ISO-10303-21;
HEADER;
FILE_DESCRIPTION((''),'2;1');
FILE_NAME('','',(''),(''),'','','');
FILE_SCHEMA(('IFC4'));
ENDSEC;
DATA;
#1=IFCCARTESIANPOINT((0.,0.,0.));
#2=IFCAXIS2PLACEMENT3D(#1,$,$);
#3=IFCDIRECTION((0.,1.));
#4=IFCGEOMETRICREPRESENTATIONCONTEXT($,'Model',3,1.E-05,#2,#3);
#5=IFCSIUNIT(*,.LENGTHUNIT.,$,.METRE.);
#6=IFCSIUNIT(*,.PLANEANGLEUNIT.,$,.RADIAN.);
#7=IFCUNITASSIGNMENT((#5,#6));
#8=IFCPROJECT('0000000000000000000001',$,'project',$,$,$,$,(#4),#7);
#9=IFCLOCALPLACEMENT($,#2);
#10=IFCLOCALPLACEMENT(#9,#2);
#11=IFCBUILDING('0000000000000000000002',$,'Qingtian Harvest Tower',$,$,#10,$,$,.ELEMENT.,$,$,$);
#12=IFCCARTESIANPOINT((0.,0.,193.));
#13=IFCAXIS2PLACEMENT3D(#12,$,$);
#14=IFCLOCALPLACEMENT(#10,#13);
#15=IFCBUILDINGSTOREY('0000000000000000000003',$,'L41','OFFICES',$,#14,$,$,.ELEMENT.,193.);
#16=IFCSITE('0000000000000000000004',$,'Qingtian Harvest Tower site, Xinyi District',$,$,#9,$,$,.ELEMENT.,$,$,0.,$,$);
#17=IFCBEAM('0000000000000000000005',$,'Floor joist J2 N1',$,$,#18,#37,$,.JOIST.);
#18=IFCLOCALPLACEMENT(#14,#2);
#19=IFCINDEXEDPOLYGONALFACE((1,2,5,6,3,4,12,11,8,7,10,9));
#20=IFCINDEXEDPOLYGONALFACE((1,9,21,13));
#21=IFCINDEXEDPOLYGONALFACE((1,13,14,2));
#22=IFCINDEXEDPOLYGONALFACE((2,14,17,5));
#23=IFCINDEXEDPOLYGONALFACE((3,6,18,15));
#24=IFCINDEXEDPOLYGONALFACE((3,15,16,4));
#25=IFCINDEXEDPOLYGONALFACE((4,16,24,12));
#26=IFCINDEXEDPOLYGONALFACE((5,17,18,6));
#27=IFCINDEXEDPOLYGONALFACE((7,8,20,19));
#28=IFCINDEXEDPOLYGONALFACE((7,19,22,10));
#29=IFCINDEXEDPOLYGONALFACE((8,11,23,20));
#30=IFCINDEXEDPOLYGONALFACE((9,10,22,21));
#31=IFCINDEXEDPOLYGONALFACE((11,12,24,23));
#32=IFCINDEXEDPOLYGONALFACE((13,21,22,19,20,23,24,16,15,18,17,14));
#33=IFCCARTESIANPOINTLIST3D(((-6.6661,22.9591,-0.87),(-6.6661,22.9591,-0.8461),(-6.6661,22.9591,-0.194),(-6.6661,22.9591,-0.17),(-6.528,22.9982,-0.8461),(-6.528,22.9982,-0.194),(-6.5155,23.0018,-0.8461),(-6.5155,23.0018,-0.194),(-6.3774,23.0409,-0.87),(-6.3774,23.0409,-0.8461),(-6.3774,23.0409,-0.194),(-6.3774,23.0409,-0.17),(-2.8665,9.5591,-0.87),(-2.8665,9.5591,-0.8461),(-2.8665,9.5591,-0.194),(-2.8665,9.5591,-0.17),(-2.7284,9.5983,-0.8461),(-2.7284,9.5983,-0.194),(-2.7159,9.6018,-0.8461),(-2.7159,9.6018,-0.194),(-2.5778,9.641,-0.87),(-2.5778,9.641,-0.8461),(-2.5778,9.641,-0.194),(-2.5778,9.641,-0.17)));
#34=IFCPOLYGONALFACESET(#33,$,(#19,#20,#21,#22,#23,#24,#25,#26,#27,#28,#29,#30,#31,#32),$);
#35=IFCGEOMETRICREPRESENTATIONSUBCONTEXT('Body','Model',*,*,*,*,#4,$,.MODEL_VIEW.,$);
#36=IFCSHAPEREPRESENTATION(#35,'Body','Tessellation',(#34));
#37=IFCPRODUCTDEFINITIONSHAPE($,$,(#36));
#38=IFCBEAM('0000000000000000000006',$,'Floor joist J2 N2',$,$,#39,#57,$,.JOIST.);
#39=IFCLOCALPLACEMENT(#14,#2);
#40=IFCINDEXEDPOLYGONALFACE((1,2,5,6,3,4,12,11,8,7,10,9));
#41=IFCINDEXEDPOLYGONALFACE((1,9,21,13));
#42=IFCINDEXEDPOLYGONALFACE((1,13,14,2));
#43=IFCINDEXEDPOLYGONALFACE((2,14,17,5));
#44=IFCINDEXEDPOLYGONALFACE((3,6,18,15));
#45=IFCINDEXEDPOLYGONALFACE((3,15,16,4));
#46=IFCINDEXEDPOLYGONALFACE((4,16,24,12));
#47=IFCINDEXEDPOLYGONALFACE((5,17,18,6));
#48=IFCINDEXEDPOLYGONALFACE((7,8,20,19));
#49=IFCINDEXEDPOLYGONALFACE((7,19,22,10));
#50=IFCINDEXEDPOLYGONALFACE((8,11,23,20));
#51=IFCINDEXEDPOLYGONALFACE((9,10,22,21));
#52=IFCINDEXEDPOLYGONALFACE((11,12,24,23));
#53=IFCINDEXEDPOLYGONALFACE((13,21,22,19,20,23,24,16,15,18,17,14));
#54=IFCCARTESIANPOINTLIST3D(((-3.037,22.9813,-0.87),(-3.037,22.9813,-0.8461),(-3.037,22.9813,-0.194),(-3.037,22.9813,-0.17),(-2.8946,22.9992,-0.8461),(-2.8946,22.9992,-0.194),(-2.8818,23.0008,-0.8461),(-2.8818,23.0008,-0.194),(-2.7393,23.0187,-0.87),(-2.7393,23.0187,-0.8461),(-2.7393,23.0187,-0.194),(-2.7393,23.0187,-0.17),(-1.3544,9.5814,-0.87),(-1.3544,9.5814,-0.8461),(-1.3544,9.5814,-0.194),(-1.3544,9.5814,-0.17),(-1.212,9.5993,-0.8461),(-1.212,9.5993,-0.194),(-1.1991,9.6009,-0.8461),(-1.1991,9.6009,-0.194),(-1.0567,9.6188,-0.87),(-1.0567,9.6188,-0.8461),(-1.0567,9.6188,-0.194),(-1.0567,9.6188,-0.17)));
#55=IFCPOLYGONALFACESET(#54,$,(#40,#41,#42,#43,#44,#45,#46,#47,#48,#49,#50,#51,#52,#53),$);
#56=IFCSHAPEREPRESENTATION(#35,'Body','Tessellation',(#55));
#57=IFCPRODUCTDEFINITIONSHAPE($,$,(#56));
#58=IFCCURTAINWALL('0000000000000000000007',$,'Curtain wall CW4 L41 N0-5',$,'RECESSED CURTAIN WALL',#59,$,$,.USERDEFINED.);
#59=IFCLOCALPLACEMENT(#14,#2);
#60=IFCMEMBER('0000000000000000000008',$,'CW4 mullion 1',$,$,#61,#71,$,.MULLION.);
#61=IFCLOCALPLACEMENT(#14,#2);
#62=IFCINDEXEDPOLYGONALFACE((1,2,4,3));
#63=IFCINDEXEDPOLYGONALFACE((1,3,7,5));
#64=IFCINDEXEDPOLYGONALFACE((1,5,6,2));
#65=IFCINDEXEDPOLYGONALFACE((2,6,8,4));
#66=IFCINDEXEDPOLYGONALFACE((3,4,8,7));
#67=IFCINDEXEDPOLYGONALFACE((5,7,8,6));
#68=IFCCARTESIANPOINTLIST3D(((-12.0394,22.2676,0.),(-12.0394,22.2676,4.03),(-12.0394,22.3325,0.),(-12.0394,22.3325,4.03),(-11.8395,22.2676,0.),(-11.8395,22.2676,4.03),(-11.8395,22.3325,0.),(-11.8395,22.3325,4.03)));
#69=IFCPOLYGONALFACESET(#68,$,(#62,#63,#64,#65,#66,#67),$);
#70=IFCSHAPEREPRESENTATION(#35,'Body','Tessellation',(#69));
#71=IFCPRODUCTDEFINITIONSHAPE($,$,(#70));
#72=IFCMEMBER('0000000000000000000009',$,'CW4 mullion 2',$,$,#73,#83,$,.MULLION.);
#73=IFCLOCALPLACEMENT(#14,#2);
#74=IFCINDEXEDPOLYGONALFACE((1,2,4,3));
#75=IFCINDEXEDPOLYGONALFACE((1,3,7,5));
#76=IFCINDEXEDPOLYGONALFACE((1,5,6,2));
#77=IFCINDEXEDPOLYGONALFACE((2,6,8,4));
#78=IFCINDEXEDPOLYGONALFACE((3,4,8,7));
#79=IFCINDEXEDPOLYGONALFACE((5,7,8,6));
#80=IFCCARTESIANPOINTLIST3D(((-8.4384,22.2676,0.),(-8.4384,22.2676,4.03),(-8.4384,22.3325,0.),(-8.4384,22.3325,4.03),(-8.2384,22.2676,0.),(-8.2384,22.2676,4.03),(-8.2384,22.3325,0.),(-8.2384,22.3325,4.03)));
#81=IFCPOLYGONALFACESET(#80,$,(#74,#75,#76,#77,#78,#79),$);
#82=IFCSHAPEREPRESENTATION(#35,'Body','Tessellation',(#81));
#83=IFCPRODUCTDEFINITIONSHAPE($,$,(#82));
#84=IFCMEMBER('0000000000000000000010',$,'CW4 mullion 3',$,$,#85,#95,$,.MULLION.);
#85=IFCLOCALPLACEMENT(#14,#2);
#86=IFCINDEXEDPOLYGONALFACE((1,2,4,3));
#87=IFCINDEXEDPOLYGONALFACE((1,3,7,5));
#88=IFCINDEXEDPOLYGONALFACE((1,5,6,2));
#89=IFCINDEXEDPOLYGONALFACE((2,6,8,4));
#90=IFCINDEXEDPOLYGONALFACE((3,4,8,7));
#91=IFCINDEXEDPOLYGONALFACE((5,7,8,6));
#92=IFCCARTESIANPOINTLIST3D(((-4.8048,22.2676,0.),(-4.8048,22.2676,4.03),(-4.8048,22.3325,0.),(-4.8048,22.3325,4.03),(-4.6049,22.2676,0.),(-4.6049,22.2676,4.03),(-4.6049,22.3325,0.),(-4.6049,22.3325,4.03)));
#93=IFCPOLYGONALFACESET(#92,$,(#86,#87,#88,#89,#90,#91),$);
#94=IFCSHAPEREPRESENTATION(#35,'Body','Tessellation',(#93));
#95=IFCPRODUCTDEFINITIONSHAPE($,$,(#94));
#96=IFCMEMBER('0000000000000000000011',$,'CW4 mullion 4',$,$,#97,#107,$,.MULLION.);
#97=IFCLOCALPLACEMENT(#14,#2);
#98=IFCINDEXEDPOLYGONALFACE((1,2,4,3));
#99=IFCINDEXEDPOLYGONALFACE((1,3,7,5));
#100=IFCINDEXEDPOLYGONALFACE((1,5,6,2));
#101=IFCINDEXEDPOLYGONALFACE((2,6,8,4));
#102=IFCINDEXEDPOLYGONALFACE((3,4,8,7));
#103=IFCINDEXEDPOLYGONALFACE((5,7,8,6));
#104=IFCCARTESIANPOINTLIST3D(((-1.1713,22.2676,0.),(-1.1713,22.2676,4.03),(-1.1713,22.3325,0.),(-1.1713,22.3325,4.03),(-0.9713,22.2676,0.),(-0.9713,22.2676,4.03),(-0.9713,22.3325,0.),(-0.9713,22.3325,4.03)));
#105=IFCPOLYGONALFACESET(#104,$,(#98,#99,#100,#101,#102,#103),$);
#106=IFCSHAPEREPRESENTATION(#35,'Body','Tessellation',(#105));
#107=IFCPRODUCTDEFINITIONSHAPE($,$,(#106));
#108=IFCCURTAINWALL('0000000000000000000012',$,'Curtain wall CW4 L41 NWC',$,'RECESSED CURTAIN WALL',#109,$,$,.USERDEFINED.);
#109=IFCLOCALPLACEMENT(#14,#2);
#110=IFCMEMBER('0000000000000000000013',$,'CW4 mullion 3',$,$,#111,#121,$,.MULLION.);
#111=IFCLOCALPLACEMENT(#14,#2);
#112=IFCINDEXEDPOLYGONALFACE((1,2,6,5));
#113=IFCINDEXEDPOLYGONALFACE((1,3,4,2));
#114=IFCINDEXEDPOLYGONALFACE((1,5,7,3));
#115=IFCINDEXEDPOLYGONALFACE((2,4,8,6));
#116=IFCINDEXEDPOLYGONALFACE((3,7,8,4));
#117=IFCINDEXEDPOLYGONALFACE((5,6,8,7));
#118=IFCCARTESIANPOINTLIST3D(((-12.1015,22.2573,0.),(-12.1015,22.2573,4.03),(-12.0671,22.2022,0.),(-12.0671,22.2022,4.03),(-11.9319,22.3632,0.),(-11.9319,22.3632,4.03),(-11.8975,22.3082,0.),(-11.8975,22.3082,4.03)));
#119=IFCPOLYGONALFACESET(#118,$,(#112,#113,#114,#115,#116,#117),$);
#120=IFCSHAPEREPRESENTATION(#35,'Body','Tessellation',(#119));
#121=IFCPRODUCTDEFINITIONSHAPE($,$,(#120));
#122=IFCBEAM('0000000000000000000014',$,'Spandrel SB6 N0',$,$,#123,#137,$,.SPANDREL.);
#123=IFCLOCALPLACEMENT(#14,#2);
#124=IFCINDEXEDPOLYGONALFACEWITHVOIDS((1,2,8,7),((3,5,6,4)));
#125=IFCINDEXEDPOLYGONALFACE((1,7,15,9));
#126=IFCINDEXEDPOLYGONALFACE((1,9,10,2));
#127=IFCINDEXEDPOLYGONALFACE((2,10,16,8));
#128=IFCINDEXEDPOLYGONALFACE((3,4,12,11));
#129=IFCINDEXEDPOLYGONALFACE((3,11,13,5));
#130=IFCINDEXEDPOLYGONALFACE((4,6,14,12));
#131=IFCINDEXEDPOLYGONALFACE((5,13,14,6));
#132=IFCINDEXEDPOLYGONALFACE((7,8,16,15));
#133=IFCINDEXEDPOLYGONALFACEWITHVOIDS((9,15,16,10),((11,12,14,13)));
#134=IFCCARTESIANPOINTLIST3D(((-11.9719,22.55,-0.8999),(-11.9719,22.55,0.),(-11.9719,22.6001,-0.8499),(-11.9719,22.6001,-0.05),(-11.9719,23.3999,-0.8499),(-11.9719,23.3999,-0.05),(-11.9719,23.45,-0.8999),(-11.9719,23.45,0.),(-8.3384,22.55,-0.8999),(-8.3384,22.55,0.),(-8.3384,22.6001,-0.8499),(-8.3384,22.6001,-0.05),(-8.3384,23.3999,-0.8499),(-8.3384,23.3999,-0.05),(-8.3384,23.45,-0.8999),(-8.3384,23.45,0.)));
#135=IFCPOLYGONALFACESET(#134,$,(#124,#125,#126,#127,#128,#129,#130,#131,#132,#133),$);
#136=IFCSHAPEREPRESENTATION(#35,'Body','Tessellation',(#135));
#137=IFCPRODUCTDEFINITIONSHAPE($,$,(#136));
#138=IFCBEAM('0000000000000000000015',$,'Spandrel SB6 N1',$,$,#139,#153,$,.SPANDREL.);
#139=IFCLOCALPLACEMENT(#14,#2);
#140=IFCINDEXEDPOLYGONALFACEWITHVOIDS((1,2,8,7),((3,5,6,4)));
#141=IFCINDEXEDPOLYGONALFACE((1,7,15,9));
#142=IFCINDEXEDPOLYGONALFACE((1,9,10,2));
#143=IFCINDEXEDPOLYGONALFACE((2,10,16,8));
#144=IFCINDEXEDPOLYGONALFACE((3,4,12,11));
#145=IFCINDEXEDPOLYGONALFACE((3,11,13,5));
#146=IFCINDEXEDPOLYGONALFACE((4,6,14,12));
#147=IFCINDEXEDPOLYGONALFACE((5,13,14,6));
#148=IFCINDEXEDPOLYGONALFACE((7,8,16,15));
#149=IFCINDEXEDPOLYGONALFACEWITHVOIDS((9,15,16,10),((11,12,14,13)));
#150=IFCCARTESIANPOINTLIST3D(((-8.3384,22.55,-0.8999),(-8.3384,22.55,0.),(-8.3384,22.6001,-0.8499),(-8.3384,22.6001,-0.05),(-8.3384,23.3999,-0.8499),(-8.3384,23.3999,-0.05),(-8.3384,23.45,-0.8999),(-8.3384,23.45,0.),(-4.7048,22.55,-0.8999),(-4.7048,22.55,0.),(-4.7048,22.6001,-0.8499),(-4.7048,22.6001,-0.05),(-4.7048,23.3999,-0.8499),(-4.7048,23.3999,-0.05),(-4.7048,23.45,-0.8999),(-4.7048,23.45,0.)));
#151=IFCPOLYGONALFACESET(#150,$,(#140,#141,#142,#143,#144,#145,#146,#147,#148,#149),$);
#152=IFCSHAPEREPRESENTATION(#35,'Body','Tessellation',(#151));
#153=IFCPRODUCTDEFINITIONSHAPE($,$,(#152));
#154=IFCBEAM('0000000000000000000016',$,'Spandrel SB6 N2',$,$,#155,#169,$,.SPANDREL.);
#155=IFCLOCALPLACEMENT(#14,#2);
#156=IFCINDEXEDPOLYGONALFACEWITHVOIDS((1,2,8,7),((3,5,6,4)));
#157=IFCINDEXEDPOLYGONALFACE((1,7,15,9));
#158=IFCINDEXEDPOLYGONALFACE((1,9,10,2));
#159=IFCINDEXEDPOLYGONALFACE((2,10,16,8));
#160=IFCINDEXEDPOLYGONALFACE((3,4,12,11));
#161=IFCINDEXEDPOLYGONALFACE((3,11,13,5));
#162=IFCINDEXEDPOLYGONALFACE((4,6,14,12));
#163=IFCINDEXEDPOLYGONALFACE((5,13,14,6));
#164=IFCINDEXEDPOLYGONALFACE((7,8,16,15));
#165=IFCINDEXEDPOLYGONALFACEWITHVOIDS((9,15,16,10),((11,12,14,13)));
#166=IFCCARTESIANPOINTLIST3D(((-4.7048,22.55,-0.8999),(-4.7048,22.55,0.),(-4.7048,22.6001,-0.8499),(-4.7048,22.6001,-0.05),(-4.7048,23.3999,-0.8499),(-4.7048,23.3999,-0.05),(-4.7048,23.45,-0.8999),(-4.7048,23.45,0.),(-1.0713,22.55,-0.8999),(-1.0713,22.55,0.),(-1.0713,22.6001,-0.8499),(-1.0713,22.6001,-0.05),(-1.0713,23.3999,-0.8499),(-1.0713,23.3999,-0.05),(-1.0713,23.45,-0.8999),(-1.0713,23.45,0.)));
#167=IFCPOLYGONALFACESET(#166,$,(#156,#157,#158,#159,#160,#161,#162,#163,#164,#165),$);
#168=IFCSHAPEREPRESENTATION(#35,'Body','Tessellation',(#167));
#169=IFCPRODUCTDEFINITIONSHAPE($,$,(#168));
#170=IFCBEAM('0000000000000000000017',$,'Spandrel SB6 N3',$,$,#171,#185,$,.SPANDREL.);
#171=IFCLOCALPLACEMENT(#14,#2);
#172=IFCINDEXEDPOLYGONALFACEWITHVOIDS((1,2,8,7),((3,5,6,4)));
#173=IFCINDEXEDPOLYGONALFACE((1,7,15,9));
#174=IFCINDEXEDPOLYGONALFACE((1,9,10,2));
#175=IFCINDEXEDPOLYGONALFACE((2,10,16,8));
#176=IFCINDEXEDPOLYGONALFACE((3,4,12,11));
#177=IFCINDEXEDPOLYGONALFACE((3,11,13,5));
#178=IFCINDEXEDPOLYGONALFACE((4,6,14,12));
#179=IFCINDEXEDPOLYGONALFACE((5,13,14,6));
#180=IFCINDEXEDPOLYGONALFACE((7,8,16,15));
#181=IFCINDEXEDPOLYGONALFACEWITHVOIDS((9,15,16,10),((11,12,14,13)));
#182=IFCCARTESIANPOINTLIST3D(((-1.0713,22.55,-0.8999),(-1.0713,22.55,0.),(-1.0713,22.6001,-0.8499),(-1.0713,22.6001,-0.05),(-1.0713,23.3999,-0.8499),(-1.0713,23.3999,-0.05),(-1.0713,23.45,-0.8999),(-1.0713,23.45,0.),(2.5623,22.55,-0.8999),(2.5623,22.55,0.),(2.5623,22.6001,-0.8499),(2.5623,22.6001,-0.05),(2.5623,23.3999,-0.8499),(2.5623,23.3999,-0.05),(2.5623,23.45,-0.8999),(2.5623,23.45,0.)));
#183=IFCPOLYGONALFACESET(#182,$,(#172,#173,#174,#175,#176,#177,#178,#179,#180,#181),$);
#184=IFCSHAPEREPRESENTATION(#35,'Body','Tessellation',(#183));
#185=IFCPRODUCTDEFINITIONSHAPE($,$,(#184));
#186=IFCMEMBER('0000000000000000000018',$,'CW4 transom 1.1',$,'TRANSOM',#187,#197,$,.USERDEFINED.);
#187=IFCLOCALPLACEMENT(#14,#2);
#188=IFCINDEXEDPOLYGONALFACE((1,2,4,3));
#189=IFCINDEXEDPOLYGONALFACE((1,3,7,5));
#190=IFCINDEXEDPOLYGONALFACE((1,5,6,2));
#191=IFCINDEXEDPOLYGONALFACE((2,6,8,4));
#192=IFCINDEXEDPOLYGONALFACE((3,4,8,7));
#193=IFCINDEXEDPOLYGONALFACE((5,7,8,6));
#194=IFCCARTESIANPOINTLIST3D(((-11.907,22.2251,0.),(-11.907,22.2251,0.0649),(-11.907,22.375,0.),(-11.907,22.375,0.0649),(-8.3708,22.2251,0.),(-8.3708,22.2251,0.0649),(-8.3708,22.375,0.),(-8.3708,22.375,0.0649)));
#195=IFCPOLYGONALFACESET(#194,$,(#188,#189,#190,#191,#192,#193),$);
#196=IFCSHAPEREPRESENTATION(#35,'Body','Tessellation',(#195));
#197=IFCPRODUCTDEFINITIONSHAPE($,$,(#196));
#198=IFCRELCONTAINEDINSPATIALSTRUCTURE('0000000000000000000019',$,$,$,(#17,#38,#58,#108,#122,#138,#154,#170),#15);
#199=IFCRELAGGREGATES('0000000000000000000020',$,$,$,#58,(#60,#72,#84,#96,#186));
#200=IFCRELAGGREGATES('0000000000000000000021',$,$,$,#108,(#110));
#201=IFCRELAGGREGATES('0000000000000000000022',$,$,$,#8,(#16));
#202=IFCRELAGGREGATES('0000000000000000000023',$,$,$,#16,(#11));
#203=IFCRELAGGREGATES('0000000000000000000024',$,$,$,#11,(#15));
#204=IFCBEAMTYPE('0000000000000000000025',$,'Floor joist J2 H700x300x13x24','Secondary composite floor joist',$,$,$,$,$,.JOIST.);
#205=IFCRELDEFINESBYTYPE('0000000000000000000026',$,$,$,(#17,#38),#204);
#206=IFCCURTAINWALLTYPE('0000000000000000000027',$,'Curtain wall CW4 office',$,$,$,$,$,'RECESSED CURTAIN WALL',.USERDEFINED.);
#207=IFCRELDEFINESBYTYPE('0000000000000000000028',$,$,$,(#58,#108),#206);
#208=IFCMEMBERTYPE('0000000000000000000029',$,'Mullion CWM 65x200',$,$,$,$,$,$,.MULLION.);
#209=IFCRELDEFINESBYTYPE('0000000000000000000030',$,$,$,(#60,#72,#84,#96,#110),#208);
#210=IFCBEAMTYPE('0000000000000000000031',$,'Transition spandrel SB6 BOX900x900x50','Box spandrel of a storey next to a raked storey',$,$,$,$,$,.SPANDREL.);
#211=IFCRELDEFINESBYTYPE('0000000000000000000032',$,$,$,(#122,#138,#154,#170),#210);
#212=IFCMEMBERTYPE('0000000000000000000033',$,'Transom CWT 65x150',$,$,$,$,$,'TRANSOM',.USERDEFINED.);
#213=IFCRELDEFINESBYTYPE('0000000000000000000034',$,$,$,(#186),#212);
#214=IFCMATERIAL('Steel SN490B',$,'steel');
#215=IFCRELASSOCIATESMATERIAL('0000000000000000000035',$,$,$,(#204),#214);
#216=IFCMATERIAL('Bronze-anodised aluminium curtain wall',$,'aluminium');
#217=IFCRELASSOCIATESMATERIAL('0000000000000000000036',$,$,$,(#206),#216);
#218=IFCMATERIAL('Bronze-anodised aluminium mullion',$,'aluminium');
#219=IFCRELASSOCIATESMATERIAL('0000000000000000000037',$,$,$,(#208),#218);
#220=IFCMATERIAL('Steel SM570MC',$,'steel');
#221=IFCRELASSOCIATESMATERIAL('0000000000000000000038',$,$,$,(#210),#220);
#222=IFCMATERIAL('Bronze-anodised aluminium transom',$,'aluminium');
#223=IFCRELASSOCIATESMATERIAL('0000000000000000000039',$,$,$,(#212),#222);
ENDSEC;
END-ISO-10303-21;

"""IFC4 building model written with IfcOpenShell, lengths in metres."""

from ifc_helpers import new_model, si_unit, direction, frame, origin, origin_2d, place, context, subcontext, project, spatial, rectangle, hollow_rectangle, i_section, extrude, material, material_profile, profile_set, type_object, element, aggregate, save


model = new_model("IFC4")

# Units and contexts
model_context = context("Model", 3, precision=1e-05, world=origin(), true_north=direction((0.0, 1.0)))
body_context = subcontext(model_context, "Body", "Model", "MODEL_VIEW")
ifc_project = project(units=[si_unit("LENGTHUNIT", "METRE"), si_unit("PLANEANGLEUNIT", "RADIAN")], contexts=[model_context])

# Site, building, storey
site_placement = place(None, origin())
site = spatial("IfcSite", under=ifc_project, at=site_placement, Name="Qingtian Harvest Tower site, Xinyi District", CompositionType="ELEMENT", RefElevation=0.0)
building_placement = place(site_placement, origin())
building = spatial("IfcBuilding", under=site, at=building_placement, Name="Qingtian Harvest Tower", CompositionType="ELEMENT")
storey_placement = place(building_placement, frame((0.0, 0.0, 193.0)))
storey = spatial("IfcBuildingStorey", under=building, at=storey_placement, Name="L41", Description="OFFICES", CompositionType="ELEMENT", Elevation=193.0)

# Beams
ifc_material_1 = material(Name="Steel SN490B", Category="steel")
ifc_material_profile_1 = material_profile(ifc_material_1, i_section(OverallWidth=0.3, OverallDepth=0.7, WebThickness=0.0129, FlangeThickness=0.0239, at=origin_2d()), Name="H700x300x13x24")
ifc_profile_set_1 = profile_set([ifc_material_profile_1], Name="Steel SN490B")
beam_type_1 = type_object("IfcBeamType", Name="Floor joist J2 H700x300x13x24", Description="Secondary composite floor joist", PredefinedType="JOIST", material=ifc_profile_set_1)
beam_1_placement = place(storey_placement, frame((-6.5217, 23.0, -0.52), z_axis=(0.272797, -0.962072, 0.0), x_axis=(0.962072, 0.272797, 0.0)))
element("IfcBeam", 1, at=beam_1_placement, inside=storey, type_object=beam_type_1, Name="Floor joist J2 N1", PredefinedType="JOIST", context=body_context, shape_type="SweptSolid", body=[
    extrude(i_section(OverallWidth=0.3, OverallDepth=0.7, WebThickness=0.0129, FlangeThickness=0.0239, at=origin_2d()), origin(), (0.0, 0.0, 1.0), 13.9282),
])
beam_2_placement = place(storey_placement, frame((-2.8882, 23.0, -0.52), z_axis=(0.124591, -0.992208, 0.0), x_axis=(0.992208, 0.124591, 0.0)))
element("IfcBeam", 2, at=beam_2_placement, inside=storey, type_object=beam_type_1, Name="Floor joist J2 N2", PredefinedType="JOIST", context=body_context, shape_type="SweptSolid", body=[
    extrude(i_section(OverallWidth=0.3, OverallDepth=0.7, WebThickness=0.0129, FlangeThickness=0.0239, at=origin_2d()), origin(), (0.0, 0.0, 1.0), 13.5051),
])

# Curtain wall, members
ifc_material_2 = material(Name="Bronze-anodised aluminium curtain wall", Category="aluminium")
curtain_wall_type = type_object("IfcCurtainWallType", Name="Curtain wall CW4 office", ElementType="RECESSED CURTAIN WALL", PredefinedType="USERDEFINED", material=ifc_material_2)
curtain_wall_1_placement = place(storey_placement, origin())
curtain_wall_1 = element("IfcCurtainWall", 3, at=curtain_wall_1_placement, inside=storey, type_object=curtain_wall_type, Name="Curtain wall CW4 L41 N0-5", ObjectType="RECESSED CURTAIN WALL", PredefinedType="USERDEFINED")
ifc_material_3 = material(Name="Bronze-anodised aluminium mullion", Category="aluminium")
ifc_material_profile_2 = material_profile(ifc_material_3, rectangle(XDim=0.0649, YDim=0.2, at=origin_2d()), Name="AL 65x200")
ifc_profile_set_2 = profile_set([ifc_material_profile_2], Name="Bronze-anodised aluminium mullion")
member_type_1 = type_object("IfcMemberType", Name="Mullion CWM 65x200", PredefinedType="MULLION", material=ifc_profile_set_2)
member_1_placement = place(storey_placement, frame((-11.9395, 22.3, 0.0), z_axis=(0.0, 0.0, 1.0), x_axis=(0.0, 1.0, 0.0)))
member_1 = element("IfcMember", 4, at=member_1_placement, type_object=member_type_1, Name="CW4 mullion 1", PredefinedType="MULLION", context=body_context, shape_type="SweptSolid", body=[
    extrude(rectangle(XDim=0.0649, YDim=0.2, at=origin_2d()), origin(), (0.0, 0.0, 1.0), 4.03),
])
member_2_placement = place(storey_placement, frame((-8.3384, 22.3, 0.0), z_axis=(0.0, 0.0, 1.0), x_axis=(0.0, 1.0, 0.0)))
member_2 = element("IfcMember", 5, at=member_2_placement, type_object=member_type_1, Name="CW4 mullion 2", PredefinedType="MULLION", context=body_context, shape_type="SweptSolid", body=[
    extrude(rectangle(XDim=0.0649, YDim=0.2, at=origin_2d()), origin(), (0.0, 0.0, 1.0), 4.03),
])
member_3_placement = place(storey_placement, frame((-4.7048, 22.3, 0.0), z_axis=(0.0, 0.0, 1.0), x_axis=(0.0, 1.0, 0.0)))
member_3 = element("IfcMember", 6, at=member_3_placement, type_object=member_type_1, Name="CW4 mullion 3", PredefinedType="MULLION", context=body_context, shape_type="SweptSolid", body=[
    extrude(rectangle(XDim=0.0649, YDim=0.2, at=origin_2d()), origin(), (0.0, 0.0, 1.0), 4.03),
])
member_4_placement = place(storey_placement, frame((-1.0713, 22.3, 0.0), z_axis=(0.0, 0.0, 1.0), x_axis=(0.0, 1.0, 0.0)))
member_4 = element("IfcMember", 7, at=member_4_placement, type_object=member_type_1, Name="CW4 mullion 4", PredefinedType="MULLION", context=body_context, shape_type="SweptSolid", body=[
    extrude(rectangle(XDim=0.0649, YDim=0.2, at=origin_2d()), origin(), (0.0, 0.0, 1.0), 4.03),
])

# Curtain wall, member
curtain_wall_2_placement = place(storey_placement, origin())
curtain_wall_2 = element("IfcCurtainWall", 8, at=curtain_wall_2_placement, inside=storey, type_object=curtain_wall_type, Name="Curtain wall CW4 L41 NWC", ObjectType="RECESSED CURTAIN WALL", PredefinedType="USERDEFINED")
member_5_placement = place(storey_placement, frame((-11.9995, 22.2827, 0.0), z_axis=(0.0, 0.0, 1.0), x_axis=(-0.529919, 0.848048, 0.0)))
member_5 = element("IfcMember", 9, at=member_5_placement, type_object=member_type_1, Name="CW4 mullion 3", PredefinedType="MULLION", context=body_context, shape_type="SweptSolid", body=[
    extrude(rectangle(XDim=0.0649, YDim=0.2, at=origin_2d()), origin(), (0.0, 0.0, 1.0), 4.03),
])

# Beams
ifc_material_4 = material(Name="Steel SM570MC", Category="steel")
ifc_material_profile_3 = material_profile(ifc_material_4, hollow_rectangle(XDim=0.8999, YDim=0.8999, WallThickness=0.05, at=origin_2d()), Name="BOX900x900x50")
ifc_profile_set_3 = profile_set([ifc_material_profile_3], Name="Steel SM570MC")
beam_type_2 = type_object("IfcBeamType", Name="Transition spandrel SB6 BOX900x900x50", Description="Box spandrel of a storey next to a raked storey", PredefinedType="SPANDREL", material=ifc_profile_set_3)
for number, where, z_axis, x_axis, name in (
    (10, (-11.9719, 23.0, -0.45), (1.0, 0.0, 0.0), (0.0, 1.0, 0.0), "Spandrel SB6 N0"),
    (11, (-8.3384, 23.0, -0.45), (1.0, 0.0, 0.0), (0.0, 1.0, 0.0), "Spandrel SB6 N1"),
    (12, (-4.7048, 23.0, -0.45), (1.0, 0.0, 0.0), (0.0, 1.0, 0.0), "Spandrel SB6 N2"),
    (13, (-1.0713, 23.0, -0.45), (1.0, 0.0, 0.0), (0.0, 1.0, 0.0), "Spandrel SB6 N3"),
):
    element("IfcBeam", number, at=place(storey_placement, frame(where, z_axis=z_axis, x_axis=x_axis)), inside=storey, type_object=beam_type_2, Name=name, PredefinedType="SPANDREL", context=body_context, shape_type="SweptSolid", body=[
        extrude(hollow_rectangle(XDim=0.8999, YDim=0.8999, WallThickness=0.05, at=origin_2d()), origin(), (0.0, 0.0, 1.0), 3.6335),
    ])

# Member
ifc_material_5 = material(Name="Bronze-anodised aluminium transom", Category="aluminium")
ifc_material_profile_4 = material_profile(ifc_material_5, rectangle(XDim=0.1499, YDim=0.0649, at=origin_2d()), Name="AL 65x150")
ifc_profile_set_4 = profile_set([ifc_material_profile_4], Name="Bronze-anodised aluminium transom")
member_type_2 = type_object("IfcMemberType", Name="Transom CWT 65x150", ElementType="TRANSOM", PredefinedType="USERDEFINED", material=ifc_profile_set_4)
member_6_placement = place(storey_placement, frame((-11.907, 22.3, 0.0325), z_axis=(1.0, 0.0, 0.0), x_axis=(0.0, 1.0, 0.0)))
member_6 = element("IfcMember", 14, at=member_6_placement, type_object=member_type_2, Name="CW4 transom 1.1", ObjectType="TRANSOM", PredefinedType="USERDEFINED", context=body_context, shape_type="SweptSolid", body=[
    extrude(rectangle(XDim=0.1499, YDim=0.0649, at=origin_2d()), origin(), (0.0, 0.0, 1.0), 3.5361),
])

aggregate(curtain_wall_1, [member_1, member_2, member_3, member_4, member_6])
aggregate(curtain_wall_2, [member_5])

save(model, "model.ifc")
